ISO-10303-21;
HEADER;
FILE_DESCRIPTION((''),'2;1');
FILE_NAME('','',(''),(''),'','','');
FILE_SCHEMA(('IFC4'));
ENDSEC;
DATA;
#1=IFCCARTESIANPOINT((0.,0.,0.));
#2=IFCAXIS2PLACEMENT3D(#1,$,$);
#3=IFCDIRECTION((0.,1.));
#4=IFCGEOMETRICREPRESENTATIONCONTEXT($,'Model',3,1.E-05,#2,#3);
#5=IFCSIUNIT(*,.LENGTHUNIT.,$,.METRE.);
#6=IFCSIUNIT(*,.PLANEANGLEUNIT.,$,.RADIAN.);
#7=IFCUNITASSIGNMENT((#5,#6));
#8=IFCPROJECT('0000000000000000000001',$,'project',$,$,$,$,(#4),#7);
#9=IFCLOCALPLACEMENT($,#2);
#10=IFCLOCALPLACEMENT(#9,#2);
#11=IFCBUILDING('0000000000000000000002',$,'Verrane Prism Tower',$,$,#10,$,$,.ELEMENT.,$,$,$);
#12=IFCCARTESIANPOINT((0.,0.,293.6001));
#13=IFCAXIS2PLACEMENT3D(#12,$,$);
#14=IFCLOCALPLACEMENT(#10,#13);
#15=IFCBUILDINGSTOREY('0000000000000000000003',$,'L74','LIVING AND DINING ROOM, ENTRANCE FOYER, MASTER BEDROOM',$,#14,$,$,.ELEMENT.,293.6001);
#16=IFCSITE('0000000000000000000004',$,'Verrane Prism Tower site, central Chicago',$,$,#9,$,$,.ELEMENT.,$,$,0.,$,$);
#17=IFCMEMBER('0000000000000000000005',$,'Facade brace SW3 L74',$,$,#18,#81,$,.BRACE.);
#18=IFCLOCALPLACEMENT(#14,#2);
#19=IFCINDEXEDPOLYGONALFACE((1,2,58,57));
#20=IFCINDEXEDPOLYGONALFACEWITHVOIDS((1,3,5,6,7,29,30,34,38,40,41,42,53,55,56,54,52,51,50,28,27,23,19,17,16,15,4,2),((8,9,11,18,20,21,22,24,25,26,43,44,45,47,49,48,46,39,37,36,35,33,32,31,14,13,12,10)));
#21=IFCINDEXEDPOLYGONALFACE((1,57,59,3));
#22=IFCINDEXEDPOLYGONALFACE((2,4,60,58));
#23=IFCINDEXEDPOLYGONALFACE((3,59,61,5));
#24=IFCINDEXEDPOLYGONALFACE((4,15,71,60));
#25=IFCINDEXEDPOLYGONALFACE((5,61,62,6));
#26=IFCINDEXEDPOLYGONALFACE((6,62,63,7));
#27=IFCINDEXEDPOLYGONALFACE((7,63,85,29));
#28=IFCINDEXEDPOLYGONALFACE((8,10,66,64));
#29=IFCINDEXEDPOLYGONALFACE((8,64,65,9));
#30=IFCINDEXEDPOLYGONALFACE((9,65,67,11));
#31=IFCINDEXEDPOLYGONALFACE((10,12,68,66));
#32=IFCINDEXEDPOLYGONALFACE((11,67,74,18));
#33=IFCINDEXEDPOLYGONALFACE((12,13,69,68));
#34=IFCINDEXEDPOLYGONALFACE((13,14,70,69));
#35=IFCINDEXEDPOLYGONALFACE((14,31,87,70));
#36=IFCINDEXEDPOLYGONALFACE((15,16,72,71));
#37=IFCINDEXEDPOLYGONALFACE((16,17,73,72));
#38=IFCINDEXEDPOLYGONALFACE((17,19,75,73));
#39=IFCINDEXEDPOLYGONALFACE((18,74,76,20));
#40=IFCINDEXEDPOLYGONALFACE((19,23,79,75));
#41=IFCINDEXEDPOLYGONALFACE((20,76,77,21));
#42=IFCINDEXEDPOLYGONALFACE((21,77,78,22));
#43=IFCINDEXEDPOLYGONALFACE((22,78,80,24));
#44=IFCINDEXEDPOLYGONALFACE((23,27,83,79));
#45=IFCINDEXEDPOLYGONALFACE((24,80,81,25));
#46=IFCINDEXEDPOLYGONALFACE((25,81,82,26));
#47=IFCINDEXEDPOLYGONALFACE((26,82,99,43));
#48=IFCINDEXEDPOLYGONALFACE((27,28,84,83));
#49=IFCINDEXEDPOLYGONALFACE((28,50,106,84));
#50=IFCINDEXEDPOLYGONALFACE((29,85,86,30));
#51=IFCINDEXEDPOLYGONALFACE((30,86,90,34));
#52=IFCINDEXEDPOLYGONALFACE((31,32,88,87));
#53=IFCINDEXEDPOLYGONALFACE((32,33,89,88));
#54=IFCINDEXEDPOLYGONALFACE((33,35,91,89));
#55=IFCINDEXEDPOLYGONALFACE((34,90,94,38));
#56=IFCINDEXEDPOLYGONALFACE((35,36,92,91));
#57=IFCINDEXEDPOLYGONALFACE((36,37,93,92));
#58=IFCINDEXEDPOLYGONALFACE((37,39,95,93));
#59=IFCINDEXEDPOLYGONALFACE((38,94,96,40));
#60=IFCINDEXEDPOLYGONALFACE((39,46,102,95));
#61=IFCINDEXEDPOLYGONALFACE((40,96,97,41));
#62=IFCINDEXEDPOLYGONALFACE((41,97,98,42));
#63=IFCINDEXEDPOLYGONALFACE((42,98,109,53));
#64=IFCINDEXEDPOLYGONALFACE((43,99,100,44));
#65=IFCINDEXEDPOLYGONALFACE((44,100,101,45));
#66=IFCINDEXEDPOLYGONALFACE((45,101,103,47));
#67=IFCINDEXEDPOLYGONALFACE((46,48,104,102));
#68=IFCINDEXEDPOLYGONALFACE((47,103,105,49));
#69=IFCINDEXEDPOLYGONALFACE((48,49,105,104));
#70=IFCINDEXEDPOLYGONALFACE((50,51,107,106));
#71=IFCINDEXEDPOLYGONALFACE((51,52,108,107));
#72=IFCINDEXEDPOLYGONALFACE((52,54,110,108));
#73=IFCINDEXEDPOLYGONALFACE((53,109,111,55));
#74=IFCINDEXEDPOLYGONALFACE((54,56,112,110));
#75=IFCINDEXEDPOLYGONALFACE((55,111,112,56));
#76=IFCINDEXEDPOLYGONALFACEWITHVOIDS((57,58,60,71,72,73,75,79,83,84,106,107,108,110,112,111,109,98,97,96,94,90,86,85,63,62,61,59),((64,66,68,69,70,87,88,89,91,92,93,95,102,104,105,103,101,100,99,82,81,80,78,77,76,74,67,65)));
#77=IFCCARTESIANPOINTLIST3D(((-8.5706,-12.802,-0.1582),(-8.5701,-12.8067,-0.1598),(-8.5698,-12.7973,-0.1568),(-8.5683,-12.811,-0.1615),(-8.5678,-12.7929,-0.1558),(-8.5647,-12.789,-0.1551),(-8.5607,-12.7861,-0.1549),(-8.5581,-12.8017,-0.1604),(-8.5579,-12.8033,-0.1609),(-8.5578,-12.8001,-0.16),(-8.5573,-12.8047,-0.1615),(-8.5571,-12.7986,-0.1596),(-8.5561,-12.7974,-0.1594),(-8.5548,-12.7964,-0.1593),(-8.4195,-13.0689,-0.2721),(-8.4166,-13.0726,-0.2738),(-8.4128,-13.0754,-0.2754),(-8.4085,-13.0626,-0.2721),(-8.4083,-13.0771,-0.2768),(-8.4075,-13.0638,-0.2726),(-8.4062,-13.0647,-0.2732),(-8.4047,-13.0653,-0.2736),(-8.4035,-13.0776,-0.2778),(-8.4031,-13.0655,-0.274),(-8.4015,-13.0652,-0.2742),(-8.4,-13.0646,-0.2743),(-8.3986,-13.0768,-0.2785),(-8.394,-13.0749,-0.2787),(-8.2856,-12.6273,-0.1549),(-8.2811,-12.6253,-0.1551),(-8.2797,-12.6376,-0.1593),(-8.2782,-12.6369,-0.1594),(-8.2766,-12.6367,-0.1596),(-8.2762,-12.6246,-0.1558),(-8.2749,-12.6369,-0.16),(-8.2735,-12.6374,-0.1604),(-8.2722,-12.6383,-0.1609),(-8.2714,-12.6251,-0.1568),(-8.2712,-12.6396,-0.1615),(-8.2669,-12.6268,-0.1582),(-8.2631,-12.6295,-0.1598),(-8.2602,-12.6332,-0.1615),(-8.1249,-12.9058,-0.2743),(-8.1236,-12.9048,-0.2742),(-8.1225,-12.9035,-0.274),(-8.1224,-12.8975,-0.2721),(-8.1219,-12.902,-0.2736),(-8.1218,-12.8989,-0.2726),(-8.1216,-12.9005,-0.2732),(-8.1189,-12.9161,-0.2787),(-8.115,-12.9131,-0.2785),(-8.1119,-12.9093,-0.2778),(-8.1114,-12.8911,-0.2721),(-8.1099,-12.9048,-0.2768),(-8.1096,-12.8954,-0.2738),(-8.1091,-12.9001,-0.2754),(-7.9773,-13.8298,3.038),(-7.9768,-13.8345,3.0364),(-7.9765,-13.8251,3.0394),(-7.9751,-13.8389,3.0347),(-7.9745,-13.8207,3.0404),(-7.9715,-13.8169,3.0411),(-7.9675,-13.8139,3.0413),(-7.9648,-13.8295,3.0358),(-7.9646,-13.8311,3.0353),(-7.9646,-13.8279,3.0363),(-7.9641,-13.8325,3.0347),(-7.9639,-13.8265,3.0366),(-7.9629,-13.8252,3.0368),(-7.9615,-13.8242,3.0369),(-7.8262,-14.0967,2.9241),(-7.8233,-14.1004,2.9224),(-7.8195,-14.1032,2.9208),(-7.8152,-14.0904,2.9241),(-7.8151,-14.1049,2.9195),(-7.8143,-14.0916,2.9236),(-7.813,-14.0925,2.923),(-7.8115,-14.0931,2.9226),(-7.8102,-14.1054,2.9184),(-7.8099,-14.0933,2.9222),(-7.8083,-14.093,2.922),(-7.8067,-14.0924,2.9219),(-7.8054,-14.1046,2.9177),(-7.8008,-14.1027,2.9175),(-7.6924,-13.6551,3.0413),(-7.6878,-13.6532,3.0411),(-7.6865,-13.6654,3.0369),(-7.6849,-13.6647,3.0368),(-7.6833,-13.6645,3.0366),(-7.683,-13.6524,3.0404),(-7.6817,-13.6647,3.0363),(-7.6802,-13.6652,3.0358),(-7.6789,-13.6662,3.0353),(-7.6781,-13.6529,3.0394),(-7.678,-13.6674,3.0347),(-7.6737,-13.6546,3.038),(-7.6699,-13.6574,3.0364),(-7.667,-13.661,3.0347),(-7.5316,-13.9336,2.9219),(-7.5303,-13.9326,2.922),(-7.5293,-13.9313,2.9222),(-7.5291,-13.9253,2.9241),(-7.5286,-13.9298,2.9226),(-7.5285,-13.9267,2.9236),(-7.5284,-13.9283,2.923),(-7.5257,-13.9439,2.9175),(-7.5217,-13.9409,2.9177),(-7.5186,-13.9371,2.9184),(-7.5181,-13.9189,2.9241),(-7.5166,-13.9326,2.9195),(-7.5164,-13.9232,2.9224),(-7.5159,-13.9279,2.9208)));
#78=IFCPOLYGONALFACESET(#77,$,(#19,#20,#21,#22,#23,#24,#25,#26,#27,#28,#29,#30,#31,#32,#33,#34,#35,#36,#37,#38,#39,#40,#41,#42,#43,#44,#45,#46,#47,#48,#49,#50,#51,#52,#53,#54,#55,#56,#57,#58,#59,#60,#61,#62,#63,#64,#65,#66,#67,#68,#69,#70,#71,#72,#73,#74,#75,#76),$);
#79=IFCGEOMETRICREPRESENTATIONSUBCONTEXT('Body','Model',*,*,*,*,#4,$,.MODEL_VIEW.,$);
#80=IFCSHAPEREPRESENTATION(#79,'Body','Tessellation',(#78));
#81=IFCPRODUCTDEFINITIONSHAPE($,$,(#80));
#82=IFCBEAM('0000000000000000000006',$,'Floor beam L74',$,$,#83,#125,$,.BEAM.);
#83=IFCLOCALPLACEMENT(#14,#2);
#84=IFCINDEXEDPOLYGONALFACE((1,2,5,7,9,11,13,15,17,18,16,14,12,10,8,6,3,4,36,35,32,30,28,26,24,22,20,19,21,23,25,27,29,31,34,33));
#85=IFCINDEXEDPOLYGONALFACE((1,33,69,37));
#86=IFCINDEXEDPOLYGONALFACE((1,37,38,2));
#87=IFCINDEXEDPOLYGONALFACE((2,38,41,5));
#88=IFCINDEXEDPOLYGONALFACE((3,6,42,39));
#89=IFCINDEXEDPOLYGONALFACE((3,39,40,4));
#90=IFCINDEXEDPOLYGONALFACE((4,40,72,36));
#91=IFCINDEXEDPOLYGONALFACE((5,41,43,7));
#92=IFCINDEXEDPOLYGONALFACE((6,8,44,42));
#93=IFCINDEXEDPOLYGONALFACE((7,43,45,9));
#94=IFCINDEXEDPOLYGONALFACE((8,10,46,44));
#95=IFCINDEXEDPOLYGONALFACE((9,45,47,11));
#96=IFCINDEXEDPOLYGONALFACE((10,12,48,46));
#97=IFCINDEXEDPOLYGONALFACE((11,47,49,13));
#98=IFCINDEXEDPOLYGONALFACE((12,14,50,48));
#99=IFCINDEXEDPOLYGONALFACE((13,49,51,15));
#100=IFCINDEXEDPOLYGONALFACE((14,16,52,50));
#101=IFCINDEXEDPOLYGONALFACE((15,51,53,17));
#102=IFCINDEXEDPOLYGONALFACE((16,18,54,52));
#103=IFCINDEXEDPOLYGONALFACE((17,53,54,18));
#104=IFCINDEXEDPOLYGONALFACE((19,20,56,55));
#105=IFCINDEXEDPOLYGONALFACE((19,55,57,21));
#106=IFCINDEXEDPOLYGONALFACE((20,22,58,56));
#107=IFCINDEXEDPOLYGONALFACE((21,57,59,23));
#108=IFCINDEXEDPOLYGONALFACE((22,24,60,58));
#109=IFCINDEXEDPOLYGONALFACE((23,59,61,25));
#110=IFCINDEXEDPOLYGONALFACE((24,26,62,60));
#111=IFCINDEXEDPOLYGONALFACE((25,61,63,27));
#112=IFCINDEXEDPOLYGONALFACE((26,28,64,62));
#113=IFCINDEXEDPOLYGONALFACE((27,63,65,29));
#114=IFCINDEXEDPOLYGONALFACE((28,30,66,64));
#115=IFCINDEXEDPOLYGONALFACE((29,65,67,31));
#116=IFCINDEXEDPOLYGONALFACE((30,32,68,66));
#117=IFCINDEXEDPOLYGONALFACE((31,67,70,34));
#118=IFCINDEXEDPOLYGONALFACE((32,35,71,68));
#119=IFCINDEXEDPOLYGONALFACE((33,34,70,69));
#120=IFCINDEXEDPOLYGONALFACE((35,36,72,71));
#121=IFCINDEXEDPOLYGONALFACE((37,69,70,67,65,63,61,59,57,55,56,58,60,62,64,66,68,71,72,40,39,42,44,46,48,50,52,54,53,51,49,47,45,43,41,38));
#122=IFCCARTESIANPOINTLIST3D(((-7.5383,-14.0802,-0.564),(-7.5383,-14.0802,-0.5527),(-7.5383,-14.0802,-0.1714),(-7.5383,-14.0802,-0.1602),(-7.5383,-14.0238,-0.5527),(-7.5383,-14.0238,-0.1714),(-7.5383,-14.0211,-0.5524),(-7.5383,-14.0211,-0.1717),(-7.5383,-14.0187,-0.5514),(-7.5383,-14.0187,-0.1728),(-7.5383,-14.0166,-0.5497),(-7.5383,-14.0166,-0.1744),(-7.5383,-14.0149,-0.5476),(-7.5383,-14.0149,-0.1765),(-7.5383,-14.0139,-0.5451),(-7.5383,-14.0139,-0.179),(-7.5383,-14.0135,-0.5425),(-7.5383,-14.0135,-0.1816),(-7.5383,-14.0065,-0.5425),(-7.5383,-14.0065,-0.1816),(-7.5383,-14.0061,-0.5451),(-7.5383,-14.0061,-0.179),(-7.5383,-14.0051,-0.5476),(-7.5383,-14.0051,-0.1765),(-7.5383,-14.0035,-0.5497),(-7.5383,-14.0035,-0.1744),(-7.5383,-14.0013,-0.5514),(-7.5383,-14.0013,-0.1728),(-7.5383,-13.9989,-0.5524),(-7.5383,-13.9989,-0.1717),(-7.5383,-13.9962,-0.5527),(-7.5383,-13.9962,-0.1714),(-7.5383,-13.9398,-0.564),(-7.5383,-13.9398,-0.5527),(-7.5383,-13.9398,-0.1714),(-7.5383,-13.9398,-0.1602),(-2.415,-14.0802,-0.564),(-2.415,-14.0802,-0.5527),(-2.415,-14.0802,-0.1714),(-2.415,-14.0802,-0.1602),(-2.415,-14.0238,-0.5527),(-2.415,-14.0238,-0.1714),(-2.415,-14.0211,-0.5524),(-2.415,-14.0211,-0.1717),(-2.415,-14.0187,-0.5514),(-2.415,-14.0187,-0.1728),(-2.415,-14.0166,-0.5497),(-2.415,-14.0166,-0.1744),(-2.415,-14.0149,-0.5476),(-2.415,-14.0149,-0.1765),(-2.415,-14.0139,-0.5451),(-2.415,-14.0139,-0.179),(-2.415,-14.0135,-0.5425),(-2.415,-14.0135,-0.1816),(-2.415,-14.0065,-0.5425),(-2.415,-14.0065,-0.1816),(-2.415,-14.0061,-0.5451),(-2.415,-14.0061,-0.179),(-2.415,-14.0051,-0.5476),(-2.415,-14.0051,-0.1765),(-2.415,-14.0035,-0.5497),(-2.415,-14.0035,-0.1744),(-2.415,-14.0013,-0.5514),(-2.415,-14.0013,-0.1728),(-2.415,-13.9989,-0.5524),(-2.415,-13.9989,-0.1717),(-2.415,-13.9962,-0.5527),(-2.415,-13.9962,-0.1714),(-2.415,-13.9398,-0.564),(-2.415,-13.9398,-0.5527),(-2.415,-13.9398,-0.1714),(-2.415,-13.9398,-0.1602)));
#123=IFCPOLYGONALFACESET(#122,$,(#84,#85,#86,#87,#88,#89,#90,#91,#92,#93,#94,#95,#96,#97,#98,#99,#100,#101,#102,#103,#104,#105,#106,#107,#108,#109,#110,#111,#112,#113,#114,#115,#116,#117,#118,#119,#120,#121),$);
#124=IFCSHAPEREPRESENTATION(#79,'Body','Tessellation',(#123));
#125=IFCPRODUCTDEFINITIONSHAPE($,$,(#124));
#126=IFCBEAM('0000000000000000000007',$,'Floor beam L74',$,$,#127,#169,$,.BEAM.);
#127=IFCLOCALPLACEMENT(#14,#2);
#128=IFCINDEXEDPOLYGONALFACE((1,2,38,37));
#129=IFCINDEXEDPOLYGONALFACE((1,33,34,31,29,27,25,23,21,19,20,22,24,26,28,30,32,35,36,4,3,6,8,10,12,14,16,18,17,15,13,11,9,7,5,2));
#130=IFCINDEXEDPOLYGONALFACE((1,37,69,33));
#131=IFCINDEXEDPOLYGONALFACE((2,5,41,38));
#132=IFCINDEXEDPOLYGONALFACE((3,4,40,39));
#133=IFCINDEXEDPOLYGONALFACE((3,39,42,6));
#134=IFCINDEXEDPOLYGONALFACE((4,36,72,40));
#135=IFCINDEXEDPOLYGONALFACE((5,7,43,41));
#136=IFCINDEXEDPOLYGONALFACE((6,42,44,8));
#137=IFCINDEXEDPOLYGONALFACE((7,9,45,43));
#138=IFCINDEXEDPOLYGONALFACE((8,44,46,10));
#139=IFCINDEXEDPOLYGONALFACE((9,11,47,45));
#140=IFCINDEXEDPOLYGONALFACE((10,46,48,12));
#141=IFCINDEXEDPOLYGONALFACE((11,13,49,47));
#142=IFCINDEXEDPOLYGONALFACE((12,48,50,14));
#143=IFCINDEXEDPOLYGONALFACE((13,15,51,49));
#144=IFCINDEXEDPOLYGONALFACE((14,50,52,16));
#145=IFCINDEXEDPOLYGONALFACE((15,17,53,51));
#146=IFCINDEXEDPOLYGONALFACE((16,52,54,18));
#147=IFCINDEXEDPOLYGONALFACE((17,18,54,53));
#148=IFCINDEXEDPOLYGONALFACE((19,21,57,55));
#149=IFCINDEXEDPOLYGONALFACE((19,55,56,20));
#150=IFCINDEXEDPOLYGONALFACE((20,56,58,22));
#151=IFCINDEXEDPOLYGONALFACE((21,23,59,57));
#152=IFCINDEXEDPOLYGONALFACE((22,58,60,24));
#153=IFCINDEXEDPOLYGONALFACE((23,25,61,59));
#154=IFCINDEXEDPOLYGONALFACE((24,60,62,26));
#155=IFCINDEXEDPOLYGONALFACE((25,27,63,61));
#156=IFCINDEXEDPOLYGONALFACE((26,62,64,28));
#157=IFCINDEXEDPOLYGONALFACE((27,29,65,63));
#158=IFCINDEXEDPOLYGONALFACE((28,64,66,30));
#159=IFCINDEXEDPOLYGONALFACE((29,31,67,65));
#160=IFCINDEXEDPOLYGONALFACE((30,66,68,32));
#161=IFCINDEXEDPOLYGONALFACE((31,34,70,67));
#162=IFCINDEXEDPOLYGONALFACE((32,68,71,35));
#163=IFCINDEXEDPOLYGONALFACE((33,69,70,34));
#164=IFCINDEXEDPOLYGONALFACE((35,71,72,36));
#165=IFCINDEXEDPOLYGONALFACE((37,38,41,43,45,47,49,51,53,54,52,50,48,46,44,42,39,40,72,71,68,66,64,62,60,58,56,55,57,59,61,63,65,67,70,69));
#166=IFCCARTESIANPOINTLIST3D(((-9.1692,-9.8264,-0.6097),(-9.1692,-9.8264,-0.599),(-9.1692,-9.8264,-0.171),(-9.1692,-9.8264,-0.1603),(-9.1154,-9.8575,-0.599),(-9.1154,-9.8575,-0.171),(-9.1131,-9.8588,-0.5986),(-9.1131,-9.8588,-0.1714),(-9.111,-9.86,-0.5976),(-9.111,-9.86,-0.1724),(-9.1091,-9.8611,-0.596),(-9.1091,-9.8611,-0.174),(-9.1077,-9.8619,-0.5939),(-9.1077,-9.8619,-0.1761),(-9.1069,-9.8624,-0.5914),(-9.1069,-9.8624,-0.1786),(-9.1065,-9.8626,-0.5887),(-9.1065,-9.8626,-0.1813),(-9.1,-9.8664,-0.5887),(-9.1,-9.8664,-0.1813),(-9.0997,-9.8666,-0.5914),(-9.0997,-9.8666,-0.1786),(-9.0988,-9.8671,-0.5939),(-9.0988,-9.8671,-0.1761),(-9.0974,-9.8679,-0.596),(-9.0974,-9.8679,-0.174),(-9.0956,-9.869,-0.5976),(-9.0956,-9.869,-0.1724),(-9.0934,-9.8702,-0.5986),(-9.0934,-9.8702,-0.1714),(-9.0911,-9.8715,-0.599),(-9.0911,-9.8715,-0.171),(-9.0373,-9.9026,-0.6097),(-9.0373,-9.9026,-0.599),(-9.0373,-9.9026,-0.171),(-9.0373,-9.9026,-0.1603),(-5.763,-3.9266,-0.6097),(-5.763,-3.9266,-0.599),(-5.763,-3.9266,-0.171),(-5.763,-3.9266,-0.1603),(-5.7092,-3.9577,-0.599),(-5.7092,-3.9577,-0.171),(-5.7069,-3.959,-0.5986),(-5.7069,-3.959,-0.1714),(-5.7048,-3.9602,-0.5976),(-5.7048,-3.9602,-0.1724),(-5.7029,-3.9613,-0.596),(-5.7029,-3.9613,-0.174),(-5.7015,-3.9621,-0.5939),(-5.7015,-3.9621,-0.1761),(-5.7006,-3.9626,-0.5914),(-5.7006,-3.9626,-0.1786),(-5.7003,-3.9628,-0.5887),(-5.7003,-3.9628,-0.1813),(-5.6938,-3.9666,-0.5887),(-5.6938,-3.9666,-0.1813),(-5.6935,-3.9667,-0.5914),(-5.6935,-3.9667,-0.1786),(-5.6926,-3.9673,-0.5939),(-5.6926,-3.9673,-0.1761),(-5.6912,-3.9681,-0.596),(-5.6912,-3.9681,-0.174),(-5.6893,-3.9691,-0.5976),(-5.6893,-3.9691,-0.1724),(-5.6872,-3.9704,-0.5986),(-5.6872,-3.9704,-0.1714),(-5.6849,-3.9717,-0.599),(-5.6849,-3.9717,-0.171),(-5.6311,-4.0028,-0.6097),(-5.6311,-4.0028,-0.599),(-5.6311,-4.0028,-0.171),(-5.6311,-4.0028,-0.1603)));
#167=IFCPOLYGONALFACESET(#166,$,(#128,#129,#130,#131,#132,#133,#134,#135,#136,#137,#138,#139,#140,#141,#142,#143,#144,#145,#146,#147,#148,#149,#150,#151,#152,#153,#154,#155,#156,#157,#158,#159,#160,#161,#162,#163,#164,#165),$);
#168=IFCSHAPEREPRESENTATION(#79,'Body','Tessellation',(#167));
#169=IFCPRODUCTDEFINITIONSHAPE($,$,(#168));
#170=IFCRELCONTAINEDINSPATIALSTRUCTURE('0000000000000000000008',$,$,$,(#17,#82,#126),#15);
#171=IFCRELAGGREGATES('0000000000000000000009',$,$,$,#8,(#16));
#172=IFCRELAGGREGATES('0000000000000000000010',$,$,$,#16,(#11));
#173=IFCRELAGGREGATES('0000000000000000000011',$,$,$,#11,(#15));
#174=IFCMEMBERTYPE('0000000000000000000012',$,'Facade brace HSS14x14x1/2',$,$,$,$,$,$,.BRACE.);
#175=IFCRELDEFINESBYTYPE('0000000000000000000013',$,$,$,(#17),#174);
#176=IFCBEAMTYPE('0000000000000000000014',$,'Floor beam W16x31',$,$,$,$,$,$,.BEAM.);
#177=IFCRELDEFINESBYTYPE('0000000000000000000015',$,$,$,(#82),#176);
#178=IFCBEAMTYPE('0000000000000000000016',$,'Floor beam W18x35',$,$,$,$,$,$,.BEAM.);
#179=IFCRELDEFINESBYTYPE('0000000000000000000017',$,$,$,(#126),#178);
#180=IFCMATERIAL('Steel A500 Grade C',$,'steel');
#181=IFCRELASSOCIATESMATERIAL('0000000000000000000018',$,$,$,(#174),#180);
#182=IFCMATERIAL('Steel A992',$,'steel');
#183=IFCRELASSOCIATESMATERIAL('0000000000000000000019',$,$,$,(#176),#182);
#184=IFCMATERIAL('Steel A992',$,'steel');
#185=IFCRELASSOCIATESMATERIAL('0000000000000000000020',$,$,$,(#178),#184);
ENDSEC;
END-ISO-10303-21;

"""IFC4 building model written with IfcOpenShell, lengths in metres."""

from ifc_helpers import new_model, si_unit, direction, frame, origin, origin_2d, place, context, subcontext, project, spatial, hollow_rectangle, i_section, extrude, material, material_profile, profile_set, type_object, element, save


model = new_model("IFC4")

# Units and contexts
model_context = context("Model", 3, precision=1e-05, world=origin(), true_north=direction((0.0, 1.0)))
body_context = subcontext(model_context, "Body", "Model", "MODEL_VIEW")
ifc_project = project(units=[si_unit("LENGTHUNIT", "METRE"), si_unit("PLANEANGLEUNIT", "RADIAN")], contexts=[model_context])

# Site, building, storey
site_placement = place(None, origin())
site = spatial("IfcSite", under=ifc_project, at=site_placement, Name="Verrane Prism Tower site, central Chicago", CompositionType="ELEMENT", RefElevation=0.0)
building_placement = place(site_placement, origin())
building = spatial("IfcBuilding", under=site, at=building_placement, Name="Verrane Prism Tower", CompositionType="ELEMENT")
storey_placement = place(building_placement, frame((0.0, 0.0, 293.6001)))
storey = spatial("IfcBuildingStorey", under=building, at=storey_placement, Name="L74", Description="LIVING AND DINING ROOM, ENTRANCE FOYER, MASTER BEDROOM", CompositionType="ELEMENT", Elevation=293.6001)

# Member
ifc_material_1 = material(Name="Steel A500 Grade C", Category="steel")
ifc_material_profile_1 = material_profile(ifc_material_1, hollow_rectangle(XDim=0.3557, YDim=0.3557, WallThickness=0.0127, InnerFilletRadius=0.0063, OuterFilletRadius=0.019, at=origin_2d()), Name="HSS14x14x1/2")
ifc_profile_set_1 = profile_set([ifc_material_profile_1], Name="Steel A500 Grade C")
member_type_1 = type_object("IfcMemberType", Name="Facade brace HSS14x14x1/2", PredefinedType="BRACE", material=ifc_profile_set_1)
member_1_placement = place(storey_placement, frame((-8.3398, -12.8511, -0.2168), z_axis=(0.174003, -0.301462, 0.937467), x_axis=(0.866083, 0.499901, 0.0)))
element("IfcMember", 1, at=member_1_placement, inside=storey, type_object=member_type_1, Name="Facade brace SW3 L74", PredefinedType="BRACE", context=body_context, shape_type="SweptSolid", body=[
    extrude(hollow_rectangle(XDim=0.3557, YDim=0.3557, WallThickness=0.0127, InnerFilletRadius=0.0063, OuterFilletRadius=0.019, at=origin_2d()), origin(), (0.0, 0.0, 1.0), 3.4094),
])

# Beams
ifc_material_2 = material(Name="Steel A992", Category="steel")
ifc_material_profile_2 = material_profile(ifc_material_2, i_section(OverallWidth=0.1404, OverallDepth=0.4038, WebThickness=0.0071, FlangeThickness=0.0112, FilletRadius=0.0103, at=origin_2d()), Name="W16x31")
ifc_profile_set_2 = profile_set([ifc_material_profile_2], Name="Steel A992")
beam_type_1 = type_object("IfcBeamType", Name="Floor beam W16x31", PredefinedType="BEAM", material=ifc_profile_set_2)
beam_1_placement = place(storey_placement, frame((-7.5383, -14.01, -0.3621), z_axis=(1.0, 0.0, 0.0), x_axis=(0.0, 1.0, 0.0)))
element("IfcBeam", 2, at=beam_1_placement, inside=storey, type_object=beam_type_1, Name="Floor beam L74", PredefinedType="BEAM", context=body_context, shape_type="SweptSolid", body=[
    extrude(i_section(OverallWidth=0.1404, OverallDepth=0.4038, WebThickness=0.0071, FlangeThickness=0.0112, FilletRadius=0.0103, at=origin_2d()), origin(), (0.0, 0.0, 1.0), 5.1233),
])
ifc_material_3 = material(Name="Steel A992", Category="steel")
ifc_material_profile_3 = material_profile(ifc_material_3, i_section(OverallWidth=0.1523, OverallDepth=0.4495, WebThickness=0.0076, FlangeThickness=0.0107, FilletRadius=0.0103, at=origin_2d()), Name="W18x35")
ifc_profile_set_3 = profile_set([ifc_material_profile_3], Name="Steel A992")
beam_type_2 = type_object("IfcBeamType", Name="Floor beam W18x35", PredefinedType="BEAM", material=ifc_profile_set_3)
beam_2_placement = place(storey_placement, frame((-9.1033, -9.8645, -0.385), z_axis=(0.499993, 0.866029, 0.0), x_axis=(-0.866029, 0.499993, 0.0)))
element("IfcBeam", 3, at=beam_2_placement, inside=storey, type_object=beam_type_2, Name="Floor beam L74", PredefinedType="BEAM", context=body_context, shape_type="SweptSolid", body=[
    extrude(i_section(OverallWidth=0.1523, OverallDepth=0.4495, WebThickness=0.0076, FlangeThickness=0.0107, FilletRadius=0.0103, at=origin_2d()), origin(), (0.0, 0.0, 1.0), 6.8125),
])

save(model, "model.ifc")
